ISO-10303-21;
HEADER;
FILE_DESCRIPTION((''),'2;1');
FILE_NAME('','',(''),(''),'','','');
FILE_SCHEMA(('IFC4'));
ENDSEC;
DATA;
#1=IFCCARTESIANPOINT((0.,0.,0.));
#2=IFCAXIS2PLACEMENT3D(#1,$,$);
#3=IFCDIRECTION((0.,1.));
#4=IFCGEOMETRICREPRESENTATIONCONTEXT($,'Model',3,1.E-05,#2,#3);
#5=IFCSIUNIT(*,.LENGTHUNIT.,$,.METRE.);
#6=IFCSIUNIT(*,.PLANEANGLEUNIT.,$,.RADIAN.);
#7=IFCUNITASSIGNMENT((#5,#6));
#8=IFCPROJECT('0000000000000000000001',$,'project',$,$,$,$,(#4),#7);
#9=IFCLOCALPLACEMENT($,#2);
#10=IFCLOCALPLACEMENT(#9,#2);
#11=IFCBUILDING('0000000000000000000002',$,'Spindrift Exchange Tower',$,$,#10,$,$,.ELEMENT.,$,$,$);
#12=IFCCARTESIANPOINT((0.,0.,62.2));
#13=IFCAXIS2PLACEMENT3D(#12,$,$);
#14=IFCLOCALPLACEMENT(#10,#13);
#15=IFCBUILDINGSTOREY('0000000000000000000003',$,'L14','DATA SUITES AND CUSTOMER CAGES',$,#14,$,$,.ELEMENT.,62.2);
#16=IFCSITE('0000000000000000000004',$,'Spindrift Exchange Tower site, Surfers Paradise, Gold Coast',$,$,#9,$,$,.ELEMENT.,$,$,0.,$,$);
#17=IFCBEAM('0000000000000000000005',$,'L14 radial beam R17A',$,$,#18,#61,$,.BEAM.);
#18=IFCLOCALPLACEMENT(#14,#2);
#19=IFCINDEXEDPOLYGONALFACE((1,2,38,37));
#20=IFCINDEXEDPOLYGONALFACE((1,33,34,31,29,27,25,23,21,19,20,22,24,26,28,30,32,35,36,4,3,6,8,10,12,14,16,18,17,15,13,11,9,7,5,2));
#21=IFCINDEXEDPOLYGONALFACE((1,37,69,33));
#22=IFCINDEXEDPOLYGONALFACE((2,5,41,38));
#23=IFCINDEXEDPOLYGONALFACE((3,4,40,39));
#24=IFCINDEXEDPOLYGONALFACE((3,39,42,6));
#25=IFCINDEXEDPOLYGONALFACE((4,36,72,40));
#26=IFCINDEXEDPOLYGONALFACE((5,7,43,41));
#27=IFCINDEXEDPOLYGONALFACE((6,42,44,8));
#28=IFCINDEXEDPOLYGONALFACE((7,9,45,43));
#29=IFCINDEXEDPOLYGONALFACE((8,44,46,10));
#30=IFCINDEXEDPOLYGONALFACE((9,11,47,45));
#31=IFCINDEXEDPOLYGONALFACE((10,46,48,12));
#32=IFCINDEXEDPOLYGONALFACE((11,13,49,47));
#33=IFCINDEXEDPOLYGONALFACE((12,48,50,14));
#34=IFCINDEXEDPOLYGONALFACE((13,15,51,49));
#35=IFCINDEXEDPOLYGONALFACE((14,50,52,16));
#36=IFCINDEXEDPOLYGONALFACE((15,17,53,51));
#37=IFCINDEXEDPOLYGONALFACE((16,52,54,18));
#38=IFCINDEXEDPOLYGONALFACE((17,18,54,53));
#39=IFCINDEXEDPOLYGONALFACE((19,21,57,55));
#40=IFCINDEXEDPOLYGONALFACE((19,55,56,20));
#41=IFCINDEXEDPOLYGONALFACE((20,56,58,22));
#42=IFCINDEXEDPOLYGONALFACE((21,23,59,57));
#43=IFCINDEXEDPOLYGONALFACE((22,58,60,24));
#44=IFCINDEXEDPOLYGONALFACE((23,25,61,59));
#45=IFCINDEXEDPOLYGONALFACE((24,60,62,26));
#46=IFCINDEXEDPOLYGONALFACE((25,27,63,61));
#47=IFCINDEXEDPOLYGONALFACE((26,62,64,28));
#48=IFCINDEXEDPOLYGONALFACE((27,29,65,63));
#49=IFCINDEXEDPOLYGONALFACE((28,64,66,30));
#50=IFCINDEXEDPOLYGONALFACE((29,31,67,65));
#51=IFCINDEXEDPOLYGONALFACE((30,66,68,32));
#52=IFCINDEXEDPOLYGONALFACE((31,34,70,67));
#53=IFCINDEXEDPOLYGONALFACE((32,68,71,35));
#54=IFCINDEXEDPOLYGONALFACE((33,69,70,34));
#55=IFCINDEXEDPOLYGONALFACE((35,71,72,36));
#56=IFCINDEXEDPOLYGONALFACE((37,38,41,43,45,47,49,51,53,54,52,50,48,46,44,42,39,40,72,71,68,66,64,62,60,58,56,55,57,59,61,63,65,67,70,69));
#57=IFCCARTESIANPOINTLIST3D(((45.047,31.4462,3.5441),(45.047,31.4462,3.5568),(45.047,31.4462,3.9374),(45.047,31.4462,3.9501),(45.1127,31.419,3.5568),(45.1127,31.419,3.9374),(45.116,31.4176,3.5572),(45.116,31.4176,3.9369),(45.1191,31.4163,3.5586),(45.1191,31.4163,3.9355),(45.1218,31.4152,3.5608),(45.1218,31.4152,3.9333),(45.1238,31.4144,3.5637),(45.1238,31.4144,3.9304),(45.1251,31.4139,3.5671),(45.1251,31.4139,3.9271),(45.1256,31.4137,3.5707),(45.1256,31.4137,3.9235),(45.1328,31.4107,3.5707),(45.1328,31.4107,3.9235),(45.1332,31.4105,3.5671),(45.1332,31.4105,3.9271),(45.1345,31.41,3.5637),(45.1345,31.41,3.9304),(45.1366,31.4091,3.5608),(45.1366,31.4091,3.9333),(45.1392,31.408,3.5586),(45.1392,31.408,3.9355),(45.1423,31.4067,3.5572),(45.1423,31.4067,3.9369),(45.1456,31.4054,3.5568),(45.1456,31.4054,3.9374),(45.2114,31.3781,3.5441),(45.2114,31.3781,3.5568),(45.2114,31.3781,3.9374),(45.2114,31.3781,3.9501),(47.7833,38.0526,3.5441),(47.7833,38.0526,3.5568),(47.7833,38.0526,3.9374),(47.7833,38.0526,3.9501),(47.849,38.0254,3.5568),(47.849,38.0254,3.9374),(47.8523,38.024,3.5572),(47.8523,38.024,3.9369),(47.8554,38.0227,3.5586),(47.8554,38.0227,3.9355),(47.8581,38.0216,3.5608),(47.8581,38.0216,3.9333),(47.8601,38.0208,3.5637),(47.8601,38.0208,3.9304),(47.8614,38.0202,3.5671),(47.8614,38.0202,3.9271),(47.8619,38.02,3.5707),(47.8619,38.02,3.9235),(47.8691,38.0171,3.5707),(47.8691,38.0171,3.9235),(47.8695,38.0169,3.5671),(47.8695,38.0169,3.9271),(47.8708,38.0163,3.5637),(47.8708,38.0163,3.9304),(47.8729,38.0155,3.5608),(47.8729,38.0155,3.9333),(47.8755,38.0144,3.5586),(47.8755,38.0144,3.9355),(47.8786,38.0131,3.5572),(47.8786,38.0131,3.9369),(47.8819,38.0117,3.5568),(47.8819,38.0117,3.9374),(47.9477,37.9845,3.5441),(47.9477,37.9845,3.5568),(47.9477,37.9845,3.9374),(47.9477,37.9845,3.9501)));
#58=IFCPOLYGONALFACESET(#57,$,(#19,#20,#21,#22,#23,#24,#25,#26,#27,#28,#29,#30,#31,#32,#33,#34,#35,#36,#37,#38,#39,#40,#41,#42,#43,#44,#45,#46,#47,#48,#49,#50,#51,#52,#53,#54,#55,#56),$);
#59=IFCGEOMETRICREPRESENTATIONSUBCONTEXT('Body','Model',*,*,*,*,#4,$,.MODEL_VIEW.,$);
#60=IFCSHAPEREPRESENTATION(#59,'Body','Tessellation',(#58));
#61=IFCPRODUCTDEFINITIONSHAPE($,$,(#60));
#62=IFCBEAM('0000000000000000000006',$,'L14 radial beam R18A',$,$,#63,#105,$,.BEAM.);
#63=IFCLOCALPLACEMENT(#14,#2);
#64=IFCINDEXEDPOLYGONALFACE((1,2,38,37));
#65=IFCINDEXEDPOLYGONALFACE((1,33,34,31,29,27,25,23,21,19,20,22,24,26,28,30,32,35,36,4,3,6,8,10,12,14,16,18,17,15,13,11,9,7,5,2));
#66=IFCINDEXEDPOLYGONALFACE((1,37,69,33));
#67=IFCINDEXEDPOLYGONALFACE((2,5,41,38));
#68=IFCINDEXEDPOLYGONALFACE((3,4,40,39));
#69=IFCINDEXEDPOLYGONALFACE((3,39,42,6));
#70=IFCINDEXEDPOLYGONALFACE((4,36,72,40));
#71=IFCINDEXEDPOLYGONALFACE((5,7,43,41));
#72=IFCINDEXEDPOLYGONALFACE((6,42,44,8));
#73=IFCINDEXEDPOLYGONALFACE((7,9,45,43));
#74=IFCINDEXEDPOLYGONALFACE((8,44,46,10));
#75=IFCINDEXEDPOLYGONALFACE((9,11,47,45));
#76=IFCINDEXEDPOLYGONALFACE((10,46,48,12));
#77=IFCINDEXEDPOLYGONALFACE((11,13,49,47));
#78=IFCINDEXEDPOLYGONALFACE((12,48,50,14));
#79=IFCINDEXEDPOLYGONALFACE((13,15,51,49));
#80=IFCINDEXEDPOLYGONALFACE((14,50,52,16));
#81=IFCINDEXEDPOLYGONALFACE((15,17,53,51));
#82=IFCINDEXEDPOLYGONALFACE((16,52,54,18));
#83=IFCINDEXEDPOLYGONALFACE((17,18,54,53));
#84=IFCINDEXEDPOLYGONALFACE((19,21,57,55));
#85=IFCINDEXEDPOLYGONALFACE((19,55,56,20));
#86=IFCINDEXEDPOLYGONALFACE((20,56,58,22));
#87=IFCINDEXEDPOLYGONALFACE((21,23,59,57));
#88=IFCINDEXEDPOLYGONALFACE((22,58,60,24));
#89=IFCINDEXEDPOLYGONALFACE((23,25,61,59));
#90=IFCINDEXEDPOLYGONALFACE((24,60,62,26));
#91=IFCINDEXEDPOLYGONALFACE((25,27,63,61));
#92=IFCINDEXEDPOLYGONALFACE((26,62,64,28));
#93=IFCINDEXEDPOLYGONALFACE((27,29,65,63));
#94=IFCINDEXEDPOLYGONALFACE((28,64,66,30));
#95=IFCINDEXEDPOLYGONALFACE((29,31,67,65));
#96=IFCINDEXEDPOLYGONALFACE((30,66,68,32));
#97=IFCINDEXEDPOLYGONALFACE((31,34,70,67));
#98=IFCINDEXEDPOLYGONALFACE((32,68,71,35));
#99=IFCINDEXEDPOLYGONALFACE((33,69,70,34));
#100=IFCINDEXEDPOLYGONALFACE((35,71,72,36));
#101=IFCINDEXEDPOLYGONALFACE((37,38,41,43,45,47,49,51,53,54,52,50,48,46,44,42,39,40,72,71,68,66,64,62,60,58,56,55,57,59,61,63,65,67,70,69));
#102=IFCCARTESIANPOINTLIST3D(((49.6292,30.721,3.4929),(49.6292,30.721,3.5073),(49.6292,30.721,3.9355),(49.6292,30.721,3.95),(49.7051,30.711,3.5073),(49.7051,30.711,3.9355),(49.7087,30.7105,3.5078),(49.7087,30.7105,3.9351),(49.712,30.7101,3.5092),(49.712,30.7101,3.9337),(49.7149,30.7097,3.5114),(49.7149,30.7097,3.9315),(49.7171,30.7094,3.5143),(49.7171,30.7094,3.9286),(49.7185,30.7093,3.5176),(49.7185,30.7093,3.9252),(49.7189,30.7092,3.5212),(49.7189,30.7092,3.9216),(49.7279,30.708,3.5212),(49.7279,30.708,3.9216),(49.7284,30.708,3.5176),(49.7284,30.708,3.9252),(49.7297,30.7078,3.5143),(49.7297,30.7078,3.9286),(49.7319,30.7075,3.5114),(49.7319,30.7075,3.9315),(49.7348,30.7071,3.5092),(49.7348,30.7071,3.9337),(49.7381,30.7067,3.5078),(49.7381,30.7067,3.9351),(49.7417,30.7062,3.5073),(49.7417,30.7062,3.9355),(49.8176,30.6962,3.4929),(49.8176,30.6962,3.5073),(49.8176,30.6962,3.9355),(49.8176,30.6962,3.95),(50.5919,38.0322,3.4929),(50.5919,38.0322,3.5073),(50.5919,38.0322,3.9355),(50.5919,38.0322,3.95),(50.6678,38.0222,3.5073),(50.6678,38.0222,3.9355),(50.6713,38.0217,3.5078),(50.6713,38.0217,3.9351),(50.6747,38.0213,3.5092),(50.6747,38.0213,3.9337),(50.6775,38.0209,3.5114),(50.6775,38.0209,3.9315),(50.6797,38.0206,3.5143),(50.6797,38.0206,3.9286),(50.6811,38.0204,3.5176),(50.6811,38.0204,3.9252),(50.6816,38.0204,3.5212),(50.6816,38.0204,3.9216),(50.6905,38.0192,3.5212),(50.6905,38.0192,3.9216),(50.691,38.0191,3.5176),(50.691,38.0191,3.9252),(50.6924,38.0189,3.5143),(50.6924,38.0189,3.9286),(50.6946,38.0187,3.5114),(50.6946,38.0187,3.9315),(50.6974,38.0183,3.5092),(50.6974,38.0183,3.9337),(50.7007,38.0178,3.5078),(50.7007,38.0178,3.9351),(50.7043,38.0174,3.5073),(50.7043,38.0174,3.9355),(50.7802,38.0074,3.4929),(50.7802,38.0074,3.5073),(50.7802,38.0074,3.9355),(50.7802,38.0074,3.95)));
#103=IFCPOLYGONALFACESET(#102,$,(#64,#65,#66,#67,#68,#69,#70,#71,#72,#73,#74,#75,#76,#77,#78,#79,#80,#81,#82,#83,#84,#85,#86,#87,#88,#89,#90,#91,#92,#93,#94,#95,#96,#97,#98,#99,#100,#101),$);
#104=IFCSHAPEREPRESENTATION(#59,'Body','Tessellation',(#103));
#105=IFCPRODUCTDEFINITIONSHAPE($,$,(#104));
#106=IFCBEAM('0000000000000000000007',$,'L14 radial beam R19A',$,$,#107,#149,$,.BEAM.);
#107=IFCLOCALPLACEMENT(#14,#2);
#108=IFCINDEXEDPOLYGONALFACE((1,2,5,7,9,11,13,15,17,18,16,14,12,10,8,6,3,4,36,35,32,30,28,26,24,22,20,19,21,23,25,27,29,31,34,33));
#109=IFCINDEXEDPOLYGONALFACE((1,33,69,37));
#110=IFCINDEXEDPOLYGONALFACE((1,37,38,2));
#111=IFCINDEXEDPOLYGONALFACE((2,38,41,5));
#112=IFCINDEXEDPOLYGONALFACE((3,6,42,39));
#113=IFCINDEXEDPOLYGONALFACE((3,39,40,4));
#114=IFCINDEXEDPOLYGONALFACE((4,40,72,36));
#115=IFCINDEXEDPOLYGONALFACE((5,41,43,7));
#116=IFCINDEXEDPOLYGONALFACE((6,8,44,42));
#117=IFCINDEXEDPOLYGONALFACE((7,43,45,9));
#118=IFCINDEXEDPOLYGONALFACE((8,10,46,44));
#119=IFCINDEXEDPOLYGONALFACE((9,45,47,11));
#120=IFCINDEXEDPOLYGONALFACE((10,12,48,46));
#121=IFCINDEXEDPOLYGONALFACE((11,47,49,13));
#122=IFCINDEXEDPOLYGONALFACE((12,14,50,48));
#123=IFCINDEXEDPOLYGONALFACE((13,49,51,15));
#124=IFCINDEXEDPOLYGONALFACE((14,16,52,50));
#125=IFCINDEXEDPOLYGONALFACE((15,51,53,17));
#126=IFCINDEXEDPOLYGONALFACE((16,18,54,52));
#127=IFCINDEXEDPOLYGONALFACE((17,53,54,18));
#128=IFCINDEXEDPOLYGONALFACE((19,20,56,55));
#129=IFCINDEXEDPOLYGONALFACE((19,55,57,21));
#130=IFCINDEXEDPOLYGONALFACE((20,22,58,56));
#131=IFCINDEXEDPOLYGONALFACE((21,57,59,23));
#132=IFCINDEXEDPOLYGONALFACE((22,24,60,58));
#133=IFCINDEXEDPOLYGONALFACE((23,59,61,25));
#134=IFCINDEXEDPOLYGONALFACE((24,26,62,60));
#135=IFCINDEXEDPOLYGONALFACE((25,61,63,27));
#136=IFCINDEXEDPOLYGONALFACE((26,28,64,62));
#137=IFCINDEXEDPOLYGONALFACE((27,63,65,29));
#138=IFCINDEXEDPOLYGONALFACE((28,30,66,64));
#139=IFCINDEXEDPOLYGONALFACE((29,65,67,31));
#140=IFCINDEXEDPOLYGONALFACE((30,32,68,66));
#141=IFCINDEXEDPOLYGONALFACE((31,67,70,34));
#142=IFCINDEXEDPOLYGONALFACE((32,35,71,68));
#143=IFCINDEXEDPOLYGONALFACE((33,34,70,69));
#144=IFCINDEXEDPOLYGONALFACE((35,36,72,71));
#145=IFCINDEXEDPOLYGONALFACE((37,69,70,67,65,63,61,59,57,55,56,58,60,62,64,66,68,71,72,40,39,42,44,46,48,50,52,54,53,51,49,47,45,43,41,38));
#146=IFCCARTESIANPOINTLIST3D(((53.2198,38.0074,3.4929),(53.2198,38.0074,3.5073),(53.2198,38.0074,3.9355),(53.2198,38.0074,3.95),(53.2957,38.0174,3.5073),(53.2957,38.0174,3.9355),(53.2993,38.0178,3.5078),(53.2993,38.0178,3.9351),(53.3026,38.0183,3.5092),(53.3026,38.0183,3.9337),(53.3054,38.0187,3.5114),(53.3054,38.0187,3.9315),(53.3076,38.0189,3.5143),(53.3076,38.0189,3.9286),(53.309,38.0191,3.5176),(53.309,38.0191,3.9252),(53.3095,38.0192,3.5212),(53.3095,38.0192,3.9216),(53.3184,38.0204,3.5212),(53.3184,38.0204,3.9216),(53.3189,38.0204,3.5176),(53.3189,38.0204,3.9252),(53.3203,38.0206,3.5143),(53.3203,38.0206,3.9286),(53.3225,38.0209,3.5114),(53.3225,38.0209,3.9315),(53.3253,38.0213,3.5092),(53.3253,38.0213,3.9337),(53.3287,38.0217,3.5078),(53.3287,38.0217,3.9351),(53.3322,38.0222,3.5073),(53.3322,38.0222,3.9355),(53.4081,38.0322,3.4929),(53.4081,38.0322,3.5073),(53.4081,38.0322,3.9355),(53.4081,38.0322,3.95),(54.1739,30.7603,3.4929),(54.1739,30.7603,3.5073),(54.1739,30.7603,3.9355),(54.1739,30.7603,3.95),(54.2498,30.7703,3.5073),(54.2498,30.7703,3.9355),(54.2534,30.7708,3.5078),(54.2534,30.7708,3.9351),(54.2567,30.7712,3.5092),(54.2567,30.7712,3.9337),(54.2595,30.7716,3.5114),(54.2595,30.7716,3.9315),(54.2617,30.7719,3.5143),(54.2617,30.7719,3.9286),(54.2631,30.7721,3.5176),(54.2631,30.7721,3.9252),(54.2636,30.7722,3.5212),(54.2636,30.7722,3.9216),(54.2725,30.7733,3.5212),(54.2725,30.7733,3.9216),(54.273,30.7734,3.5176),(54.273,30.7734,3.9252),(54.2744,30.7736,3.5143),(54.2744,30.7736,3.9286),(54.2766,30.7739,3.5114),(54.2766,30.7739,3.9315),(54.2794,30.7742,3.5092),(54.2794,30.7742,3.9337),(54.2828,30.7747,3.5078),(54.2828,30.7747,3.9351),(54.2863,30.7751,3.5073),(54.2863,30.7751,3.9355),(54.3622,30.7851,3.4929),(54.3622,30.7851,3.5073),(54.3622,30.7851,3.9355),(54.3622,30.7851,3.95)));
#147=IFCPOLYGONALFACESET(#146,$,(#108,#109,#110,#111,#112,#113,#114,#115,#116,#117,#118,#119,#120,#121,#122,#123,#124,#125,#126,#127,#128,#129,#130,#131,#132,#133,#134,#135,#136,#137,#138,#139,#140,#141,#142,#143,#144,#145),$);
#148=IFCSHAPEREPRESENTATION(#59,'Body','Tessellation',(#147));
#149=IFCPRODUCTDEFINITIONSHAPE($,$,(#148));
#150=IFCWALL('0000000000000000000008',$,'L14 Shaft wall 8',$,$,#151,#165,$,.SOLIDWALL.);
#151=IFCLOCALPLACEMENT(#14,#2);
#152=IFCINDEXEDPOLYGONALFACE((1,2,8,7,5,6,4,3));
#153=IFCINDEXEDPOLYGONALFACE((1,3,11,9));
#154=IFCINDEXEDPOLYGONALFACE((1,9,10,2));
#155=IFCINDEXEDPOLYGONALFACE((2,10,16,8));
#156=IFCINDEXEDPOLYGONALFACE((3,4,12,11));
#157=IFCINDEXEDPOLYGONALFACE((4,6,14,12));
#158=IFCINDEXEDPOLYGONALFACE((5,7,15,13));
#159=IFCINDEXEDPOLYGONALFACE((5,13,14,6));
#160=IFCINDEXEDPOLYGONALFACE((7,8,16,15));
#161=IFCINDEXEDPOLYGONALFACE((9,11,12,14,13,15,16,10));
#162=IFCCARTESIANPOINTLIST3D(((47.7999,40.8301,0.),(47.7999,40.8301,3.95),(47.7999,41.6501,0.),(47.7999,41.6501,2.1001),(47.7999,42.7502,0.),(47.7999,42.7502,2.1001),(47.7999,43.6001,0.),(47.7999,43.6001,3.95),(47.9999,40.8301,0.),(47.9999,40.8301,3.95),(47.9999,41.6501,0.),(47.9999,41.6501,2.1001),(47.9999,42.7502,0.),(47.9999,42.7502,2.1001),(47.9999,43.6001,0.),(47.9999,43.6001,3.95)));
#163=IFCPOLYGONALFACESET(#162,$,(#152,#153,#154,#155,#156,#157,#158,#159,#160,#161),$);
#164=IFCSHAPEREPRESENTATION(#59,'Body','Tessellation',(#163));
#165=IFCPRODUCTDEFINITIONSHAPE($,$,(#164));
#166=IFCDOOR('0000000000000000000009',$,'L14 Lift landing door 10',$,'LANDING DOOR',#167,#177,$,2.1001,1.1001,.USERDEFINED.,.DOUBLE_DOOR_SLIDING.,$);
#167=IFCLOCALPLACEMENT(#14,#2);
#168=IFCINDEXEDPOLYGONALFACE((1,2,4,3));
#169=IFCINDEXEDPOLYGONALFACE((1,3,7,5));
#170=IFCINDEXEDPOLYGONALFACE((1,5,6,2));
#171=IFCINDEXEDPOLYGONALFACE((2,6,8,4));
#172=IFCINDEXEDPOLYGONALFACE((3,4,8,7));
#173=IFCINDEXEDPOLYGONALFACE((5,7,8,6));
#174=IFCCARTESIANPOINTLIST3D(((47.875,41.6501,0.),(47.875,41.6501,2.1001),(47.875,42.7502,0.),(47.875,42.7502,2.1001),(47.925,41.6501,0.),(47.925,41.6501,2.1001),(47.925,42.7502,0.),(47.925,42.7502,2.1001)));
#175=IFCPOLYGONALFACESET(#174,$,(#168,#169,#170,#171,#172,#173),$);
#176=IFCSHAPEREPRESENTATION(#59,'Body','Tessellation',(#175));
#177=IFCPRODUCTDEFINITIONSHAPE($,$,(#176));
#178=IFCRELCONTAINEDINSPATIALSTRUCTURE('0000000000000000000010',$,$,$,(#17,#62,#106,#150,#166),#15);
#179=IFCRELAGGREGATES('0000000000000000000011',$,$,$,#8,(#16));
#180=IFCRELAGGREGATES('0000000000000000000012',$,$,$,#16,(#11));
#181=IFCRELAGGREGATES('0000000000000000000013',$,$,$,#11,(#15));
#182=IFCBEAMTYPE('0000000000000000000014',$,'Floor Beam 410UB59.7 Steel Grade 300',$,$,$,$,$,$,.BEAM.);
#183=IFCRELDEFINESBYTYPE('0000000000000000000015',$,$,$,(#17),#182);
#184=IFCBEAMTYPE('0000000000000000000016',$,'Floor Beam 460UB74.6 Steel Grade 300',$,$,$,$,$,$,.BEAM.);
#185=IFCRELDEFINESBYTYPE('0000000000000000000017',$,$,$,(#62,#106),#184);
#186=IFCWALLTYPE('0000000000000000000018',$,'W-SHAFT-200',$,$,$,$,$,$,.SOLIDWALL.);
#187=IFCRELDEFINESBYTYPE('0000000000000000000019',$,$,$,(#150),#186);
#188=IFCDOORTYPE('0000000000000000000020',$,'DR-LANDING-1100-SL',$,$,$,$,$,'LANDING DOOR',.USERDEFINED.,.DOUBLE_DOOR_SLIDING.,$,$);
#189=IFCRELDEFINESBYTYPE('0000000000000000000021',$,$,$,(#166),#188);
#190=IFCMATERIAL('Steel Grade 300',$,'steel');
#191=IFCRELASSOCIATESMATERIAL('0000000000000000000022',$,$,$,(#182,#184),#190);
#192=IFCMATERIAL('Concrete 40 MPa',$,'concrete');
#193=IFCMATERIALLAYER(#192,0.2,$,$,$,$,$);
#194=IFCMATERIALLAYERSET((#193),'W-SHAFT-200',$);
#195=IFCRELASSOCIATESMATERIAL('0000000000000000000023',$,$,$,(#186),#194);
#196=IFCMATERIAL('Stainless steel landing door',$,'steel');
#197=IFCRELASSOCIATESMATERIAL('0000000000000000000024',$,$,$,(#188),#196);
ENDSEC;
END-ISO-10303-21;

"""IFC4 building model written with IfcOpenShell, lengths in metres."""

from ifc_helpers import new_model, si_unit, direction, frame, frame_2d, origin, origin_2d, place, context, subcontext, project, spatial, rectangle, i_section, extrude, source, transform, mapped, material, layer, layer_set, material_profile, profile_set, type_object, element, fill, save


model = new_model("IFC4")

# Units and contexts
model_context = context("Model", 3, precision=1e-05, world=origin(), true_north=direction((0.0, 1.0)))
body_context = subcontext(model_context, "Body", "Model", "MODEL_VIEW")
ifc_project = project(units=[si_unit("LENGTHUNIT", "METRE"), si_unit("PLANEANGLEUNIT", "RADIAN")], contexts=[model_context])

# Site, building, storey
site_placement = place(None, origin())
site = spatial("IfcSite", under=ifc_project, at=site_placement, Name="Spindrift Exchange Tower site, Surfers Paradise, Gold Coast", CompositionType="ELEMENT", RefElevation=0.0)
building_placement = place(site_placement, origin())
building = spatial("IfcBuilding", under=site, at=building_placement, Name="Spindrift Exchange Tower", CompositionType="ELEMENT")
storey_placement = place(building_placement, frame((0.0, 0.0, 62.2)))
storey = spatial("IfcBuildingStorey", under=building, at=storey_placement, Name="L14", Description="DATA SUITES AND CUSTOMER CAGES", CompositionType="ELEMENT", Elevation=62.2)

# Beams
ifc_material_1 = material(Name="Steel Grade 300", Category="steel")
ifc_material_profile_1 = material_profile(ifc_material_1, i_section(OverallWidth=0.178, OverallDepth=0.406, WebThickness=0.0078, FlangeThickness=0.0127, FilletRadius=0.0139, at=origin_2d()), Name="410UB59.7")
ifc_profile_set_1 = profile_set([ifc_material_profile_1], Name="Steel Grade 300")
beam_type_1 = type_object("IfcBeamType", Name="Floor Beam 410UB59.7 Steel Grade 300", PredefinedType="BEAM", material=ifc_profile_set_1)
shared_shape_1 = source(origin(), body_context, "Body", "SweptSolid", [
    extrude(i_section(OverallWidth=0.178, OverallDepth=0.406, WebThickness=0.0078, FlangeThickness=0.0127, FilletRadius=0.0139, at=origin_2d()), origin(), (0.0, 0.0, 1.0), 7.1506),
])
beam_1_placement = place(storey_placement, frame((47.8655, 38.0186, 3.7471), z_axis=(-0.382665, -0.923887, 0.0), x_axis=(0.923887, -0.382665, 0.0)))
element("IfcBeam", 1, at=beam_1_placement, inside=storey, type_object=beam_type_1, Name="L14 radial beam R17A", PredefinedType="BEAM", context=body_context, shape_type="MappedRepresentation", body=[
    mapped(shared_shape_1, transform((0.0, 0.0, 0.0), scale=1.0)),
])
ifc_material_profile_2 = material_profile(ifc_material_1, i_section(OverallWidth=0.1899, OverallDepth=0.457, WebThickness=0.009, FlangeThickness=0.0144, FilletRadius=0.0139, at=origin_2d()), Name="460UB74.6")
ifc_profile_set_2 = profile_set([ifc_material_profile_2], Name="Steel Grade 300")
beam_type_2 = type_object("IfcBeamType", Name="Floor Beam 460UB74.6 Steel Grade 300", PredefinedType="BEAM", material=ifc_profile_set_2)
shared_shape_2 = source(origin(), body_context, "Body", "SweptSolid", [
    extrude(i_section(OverallWidth=0.1899, OverallDepth=0.457, WebThickness=0.009, FlangeThickness=0.0144, FilletRadius=0.0139, at=origin_2d()), origin(), (0.0, 0.0, 1.0), 7.3743),
])
beam_2_placement = place(storey_placement, frame((50.686, 38.0198, 3.7214), z_axis=(-0.130539, -0.991443, 0.0), x_axis=(0.991443, -0.130539, 0.0)))
element("IfcBeam", 2, at=beam_2_placement, inside=storey, type_object=beam_type_2, Name="L14 radial beam R18A", PredefinedType="BEAM", context=body_context, shape_type="MappedRepresentation", body=[
    mapped(shared_shape_2, transform((0.0, 0.0, 0.0), scale=1.0)),
])
shared_shape_3 = source(origin(), body_context, "Body", "SweptSolid", [
    extrude(i_section(OverallWidth=0.1899, OverallDepth=0.457, WebThickness=0.009, FlangeThickness=0.0144, FilletRadius=0.0139, at=origin_2d()), origin(), (0.0, 0.0, 1.0), 7.3096),
])
beam_3_placement = place(storey_placement, frame((53.314, 38.0198, 3.7214), z_axis=(0.130527, -0.991445, 0.0), x_axis=(0.991445, 0.130527, 0.0)))
element("IfcBeam", 3, at=beam_3_placement, inside=storey, type_object=beam_type_2, Name="L14 radial beam R19A", PredefinedType="BEAM", context=body_context, shape_type="MappedRepresentation", body=[
    mapped(shared_shape_3, transform((0.0, 0.0, 0.0), scale=1.0)),
])

# Wall, opening, door
ifc_material_2 = material(Name="Concrete 40 MPa", Category="concrete")
ifc_layer_1 = layer(ifc_material_2, 0.2)
ifc_layer_set_1 = layer_set([ifc_layer_1], Name="W-SHAFT-200")
wall_type_1 = type_object("IfcWallType", Name="W-SHAFT-200", PredefinedType="SOLIDWALL", material=ifc_layer_set_1)
wall_1_placement = place(storey_placement, frame((47.8999, 40.8301, 0.0), z_axis=(0.0, 0.0, 1.0), x_axis=(0.0, 1.0, 0.0)))
wall_1 = element("IfcWall", 4, at=wall_1_placement, inside=storey, type_object=wall_type_1, Name="L14 Shaft wall 8", PredefinedType="SOLIDWALL", context=body_context, shape_type="SweptSolid", body=[
    extrude(rectangle(XDim=2.77, YDim=0.2, at=frame_2d((1.385, 0.0))), origin(), (0.0, 0.0, 1.0), 3.95),
])
opening_1_placement = place(wall_1_placement, frame((0.8201, 0.0, 0.0)))
opening_1 = element("IfcOpeningElement", 5, at=opening_1_placement, cuts=wall_1, PredefinedType="OPENING", context=body_context, shape_type="SweptSolid", body=[
    extrude(rectangle(XDim=1.1001, YDim=2.1001, at=frame_2d((0.55, 1.05))), frame((0.0, 0.1099, 0.0), z_axis=(0.0, -1.0, 0.0), x_axis=(1.0, 0.0, 0.0)), (0.0, 0.0, 1.0), 0.22),
])
ifc_material_3 = material(Name="Stainless steel landing door", Category="steel")
door_type_1 = type_object("IfcDoorType", Name="DR-LANDING-1100-SL", ElementType="LANDING DOOR", OperationType="DOUBLE_DOOR_SLIDING", PredefinedType="USERDEFINED", material=ifc_material_3)
shared_shape_4 = source(origin(), body_context, "Body", "SweptSolid", [
    extrude(rectangle(XDim=1.1001, YDim=2.1001, at=frame_2d((0.55, 1.05))), frame((0.0, 0.0249, 0.0), z_axis=(0.0, -1.0, 0.0), x_axis=(1.0, 0.0, 0.0)), (0.0, 0.0, 1.0), 0.05),
])
door_1_placement = place(opening_1_placement, origin())
door_1 = element("IfcDoor", 6, at=door_1_placement, inside=storey, type_object=door_type_1, Name="L14 Lift landing door 10", ObjectType="LANDING DOOR", OperationType="DOUBLE_DOOR_SLIDING", OverallHeight=2.1001, OverallWidth=1.1001, PredefinedType="USERDEFINED", context=body_context, shape_type="MappedRepresentation", body=[
    mapped(shared_shape_4, transform((0.0, 0.0, 0.0), scale=1.0)),
])
fill(opening_1, door_1)

save(model, "model.ifc")
